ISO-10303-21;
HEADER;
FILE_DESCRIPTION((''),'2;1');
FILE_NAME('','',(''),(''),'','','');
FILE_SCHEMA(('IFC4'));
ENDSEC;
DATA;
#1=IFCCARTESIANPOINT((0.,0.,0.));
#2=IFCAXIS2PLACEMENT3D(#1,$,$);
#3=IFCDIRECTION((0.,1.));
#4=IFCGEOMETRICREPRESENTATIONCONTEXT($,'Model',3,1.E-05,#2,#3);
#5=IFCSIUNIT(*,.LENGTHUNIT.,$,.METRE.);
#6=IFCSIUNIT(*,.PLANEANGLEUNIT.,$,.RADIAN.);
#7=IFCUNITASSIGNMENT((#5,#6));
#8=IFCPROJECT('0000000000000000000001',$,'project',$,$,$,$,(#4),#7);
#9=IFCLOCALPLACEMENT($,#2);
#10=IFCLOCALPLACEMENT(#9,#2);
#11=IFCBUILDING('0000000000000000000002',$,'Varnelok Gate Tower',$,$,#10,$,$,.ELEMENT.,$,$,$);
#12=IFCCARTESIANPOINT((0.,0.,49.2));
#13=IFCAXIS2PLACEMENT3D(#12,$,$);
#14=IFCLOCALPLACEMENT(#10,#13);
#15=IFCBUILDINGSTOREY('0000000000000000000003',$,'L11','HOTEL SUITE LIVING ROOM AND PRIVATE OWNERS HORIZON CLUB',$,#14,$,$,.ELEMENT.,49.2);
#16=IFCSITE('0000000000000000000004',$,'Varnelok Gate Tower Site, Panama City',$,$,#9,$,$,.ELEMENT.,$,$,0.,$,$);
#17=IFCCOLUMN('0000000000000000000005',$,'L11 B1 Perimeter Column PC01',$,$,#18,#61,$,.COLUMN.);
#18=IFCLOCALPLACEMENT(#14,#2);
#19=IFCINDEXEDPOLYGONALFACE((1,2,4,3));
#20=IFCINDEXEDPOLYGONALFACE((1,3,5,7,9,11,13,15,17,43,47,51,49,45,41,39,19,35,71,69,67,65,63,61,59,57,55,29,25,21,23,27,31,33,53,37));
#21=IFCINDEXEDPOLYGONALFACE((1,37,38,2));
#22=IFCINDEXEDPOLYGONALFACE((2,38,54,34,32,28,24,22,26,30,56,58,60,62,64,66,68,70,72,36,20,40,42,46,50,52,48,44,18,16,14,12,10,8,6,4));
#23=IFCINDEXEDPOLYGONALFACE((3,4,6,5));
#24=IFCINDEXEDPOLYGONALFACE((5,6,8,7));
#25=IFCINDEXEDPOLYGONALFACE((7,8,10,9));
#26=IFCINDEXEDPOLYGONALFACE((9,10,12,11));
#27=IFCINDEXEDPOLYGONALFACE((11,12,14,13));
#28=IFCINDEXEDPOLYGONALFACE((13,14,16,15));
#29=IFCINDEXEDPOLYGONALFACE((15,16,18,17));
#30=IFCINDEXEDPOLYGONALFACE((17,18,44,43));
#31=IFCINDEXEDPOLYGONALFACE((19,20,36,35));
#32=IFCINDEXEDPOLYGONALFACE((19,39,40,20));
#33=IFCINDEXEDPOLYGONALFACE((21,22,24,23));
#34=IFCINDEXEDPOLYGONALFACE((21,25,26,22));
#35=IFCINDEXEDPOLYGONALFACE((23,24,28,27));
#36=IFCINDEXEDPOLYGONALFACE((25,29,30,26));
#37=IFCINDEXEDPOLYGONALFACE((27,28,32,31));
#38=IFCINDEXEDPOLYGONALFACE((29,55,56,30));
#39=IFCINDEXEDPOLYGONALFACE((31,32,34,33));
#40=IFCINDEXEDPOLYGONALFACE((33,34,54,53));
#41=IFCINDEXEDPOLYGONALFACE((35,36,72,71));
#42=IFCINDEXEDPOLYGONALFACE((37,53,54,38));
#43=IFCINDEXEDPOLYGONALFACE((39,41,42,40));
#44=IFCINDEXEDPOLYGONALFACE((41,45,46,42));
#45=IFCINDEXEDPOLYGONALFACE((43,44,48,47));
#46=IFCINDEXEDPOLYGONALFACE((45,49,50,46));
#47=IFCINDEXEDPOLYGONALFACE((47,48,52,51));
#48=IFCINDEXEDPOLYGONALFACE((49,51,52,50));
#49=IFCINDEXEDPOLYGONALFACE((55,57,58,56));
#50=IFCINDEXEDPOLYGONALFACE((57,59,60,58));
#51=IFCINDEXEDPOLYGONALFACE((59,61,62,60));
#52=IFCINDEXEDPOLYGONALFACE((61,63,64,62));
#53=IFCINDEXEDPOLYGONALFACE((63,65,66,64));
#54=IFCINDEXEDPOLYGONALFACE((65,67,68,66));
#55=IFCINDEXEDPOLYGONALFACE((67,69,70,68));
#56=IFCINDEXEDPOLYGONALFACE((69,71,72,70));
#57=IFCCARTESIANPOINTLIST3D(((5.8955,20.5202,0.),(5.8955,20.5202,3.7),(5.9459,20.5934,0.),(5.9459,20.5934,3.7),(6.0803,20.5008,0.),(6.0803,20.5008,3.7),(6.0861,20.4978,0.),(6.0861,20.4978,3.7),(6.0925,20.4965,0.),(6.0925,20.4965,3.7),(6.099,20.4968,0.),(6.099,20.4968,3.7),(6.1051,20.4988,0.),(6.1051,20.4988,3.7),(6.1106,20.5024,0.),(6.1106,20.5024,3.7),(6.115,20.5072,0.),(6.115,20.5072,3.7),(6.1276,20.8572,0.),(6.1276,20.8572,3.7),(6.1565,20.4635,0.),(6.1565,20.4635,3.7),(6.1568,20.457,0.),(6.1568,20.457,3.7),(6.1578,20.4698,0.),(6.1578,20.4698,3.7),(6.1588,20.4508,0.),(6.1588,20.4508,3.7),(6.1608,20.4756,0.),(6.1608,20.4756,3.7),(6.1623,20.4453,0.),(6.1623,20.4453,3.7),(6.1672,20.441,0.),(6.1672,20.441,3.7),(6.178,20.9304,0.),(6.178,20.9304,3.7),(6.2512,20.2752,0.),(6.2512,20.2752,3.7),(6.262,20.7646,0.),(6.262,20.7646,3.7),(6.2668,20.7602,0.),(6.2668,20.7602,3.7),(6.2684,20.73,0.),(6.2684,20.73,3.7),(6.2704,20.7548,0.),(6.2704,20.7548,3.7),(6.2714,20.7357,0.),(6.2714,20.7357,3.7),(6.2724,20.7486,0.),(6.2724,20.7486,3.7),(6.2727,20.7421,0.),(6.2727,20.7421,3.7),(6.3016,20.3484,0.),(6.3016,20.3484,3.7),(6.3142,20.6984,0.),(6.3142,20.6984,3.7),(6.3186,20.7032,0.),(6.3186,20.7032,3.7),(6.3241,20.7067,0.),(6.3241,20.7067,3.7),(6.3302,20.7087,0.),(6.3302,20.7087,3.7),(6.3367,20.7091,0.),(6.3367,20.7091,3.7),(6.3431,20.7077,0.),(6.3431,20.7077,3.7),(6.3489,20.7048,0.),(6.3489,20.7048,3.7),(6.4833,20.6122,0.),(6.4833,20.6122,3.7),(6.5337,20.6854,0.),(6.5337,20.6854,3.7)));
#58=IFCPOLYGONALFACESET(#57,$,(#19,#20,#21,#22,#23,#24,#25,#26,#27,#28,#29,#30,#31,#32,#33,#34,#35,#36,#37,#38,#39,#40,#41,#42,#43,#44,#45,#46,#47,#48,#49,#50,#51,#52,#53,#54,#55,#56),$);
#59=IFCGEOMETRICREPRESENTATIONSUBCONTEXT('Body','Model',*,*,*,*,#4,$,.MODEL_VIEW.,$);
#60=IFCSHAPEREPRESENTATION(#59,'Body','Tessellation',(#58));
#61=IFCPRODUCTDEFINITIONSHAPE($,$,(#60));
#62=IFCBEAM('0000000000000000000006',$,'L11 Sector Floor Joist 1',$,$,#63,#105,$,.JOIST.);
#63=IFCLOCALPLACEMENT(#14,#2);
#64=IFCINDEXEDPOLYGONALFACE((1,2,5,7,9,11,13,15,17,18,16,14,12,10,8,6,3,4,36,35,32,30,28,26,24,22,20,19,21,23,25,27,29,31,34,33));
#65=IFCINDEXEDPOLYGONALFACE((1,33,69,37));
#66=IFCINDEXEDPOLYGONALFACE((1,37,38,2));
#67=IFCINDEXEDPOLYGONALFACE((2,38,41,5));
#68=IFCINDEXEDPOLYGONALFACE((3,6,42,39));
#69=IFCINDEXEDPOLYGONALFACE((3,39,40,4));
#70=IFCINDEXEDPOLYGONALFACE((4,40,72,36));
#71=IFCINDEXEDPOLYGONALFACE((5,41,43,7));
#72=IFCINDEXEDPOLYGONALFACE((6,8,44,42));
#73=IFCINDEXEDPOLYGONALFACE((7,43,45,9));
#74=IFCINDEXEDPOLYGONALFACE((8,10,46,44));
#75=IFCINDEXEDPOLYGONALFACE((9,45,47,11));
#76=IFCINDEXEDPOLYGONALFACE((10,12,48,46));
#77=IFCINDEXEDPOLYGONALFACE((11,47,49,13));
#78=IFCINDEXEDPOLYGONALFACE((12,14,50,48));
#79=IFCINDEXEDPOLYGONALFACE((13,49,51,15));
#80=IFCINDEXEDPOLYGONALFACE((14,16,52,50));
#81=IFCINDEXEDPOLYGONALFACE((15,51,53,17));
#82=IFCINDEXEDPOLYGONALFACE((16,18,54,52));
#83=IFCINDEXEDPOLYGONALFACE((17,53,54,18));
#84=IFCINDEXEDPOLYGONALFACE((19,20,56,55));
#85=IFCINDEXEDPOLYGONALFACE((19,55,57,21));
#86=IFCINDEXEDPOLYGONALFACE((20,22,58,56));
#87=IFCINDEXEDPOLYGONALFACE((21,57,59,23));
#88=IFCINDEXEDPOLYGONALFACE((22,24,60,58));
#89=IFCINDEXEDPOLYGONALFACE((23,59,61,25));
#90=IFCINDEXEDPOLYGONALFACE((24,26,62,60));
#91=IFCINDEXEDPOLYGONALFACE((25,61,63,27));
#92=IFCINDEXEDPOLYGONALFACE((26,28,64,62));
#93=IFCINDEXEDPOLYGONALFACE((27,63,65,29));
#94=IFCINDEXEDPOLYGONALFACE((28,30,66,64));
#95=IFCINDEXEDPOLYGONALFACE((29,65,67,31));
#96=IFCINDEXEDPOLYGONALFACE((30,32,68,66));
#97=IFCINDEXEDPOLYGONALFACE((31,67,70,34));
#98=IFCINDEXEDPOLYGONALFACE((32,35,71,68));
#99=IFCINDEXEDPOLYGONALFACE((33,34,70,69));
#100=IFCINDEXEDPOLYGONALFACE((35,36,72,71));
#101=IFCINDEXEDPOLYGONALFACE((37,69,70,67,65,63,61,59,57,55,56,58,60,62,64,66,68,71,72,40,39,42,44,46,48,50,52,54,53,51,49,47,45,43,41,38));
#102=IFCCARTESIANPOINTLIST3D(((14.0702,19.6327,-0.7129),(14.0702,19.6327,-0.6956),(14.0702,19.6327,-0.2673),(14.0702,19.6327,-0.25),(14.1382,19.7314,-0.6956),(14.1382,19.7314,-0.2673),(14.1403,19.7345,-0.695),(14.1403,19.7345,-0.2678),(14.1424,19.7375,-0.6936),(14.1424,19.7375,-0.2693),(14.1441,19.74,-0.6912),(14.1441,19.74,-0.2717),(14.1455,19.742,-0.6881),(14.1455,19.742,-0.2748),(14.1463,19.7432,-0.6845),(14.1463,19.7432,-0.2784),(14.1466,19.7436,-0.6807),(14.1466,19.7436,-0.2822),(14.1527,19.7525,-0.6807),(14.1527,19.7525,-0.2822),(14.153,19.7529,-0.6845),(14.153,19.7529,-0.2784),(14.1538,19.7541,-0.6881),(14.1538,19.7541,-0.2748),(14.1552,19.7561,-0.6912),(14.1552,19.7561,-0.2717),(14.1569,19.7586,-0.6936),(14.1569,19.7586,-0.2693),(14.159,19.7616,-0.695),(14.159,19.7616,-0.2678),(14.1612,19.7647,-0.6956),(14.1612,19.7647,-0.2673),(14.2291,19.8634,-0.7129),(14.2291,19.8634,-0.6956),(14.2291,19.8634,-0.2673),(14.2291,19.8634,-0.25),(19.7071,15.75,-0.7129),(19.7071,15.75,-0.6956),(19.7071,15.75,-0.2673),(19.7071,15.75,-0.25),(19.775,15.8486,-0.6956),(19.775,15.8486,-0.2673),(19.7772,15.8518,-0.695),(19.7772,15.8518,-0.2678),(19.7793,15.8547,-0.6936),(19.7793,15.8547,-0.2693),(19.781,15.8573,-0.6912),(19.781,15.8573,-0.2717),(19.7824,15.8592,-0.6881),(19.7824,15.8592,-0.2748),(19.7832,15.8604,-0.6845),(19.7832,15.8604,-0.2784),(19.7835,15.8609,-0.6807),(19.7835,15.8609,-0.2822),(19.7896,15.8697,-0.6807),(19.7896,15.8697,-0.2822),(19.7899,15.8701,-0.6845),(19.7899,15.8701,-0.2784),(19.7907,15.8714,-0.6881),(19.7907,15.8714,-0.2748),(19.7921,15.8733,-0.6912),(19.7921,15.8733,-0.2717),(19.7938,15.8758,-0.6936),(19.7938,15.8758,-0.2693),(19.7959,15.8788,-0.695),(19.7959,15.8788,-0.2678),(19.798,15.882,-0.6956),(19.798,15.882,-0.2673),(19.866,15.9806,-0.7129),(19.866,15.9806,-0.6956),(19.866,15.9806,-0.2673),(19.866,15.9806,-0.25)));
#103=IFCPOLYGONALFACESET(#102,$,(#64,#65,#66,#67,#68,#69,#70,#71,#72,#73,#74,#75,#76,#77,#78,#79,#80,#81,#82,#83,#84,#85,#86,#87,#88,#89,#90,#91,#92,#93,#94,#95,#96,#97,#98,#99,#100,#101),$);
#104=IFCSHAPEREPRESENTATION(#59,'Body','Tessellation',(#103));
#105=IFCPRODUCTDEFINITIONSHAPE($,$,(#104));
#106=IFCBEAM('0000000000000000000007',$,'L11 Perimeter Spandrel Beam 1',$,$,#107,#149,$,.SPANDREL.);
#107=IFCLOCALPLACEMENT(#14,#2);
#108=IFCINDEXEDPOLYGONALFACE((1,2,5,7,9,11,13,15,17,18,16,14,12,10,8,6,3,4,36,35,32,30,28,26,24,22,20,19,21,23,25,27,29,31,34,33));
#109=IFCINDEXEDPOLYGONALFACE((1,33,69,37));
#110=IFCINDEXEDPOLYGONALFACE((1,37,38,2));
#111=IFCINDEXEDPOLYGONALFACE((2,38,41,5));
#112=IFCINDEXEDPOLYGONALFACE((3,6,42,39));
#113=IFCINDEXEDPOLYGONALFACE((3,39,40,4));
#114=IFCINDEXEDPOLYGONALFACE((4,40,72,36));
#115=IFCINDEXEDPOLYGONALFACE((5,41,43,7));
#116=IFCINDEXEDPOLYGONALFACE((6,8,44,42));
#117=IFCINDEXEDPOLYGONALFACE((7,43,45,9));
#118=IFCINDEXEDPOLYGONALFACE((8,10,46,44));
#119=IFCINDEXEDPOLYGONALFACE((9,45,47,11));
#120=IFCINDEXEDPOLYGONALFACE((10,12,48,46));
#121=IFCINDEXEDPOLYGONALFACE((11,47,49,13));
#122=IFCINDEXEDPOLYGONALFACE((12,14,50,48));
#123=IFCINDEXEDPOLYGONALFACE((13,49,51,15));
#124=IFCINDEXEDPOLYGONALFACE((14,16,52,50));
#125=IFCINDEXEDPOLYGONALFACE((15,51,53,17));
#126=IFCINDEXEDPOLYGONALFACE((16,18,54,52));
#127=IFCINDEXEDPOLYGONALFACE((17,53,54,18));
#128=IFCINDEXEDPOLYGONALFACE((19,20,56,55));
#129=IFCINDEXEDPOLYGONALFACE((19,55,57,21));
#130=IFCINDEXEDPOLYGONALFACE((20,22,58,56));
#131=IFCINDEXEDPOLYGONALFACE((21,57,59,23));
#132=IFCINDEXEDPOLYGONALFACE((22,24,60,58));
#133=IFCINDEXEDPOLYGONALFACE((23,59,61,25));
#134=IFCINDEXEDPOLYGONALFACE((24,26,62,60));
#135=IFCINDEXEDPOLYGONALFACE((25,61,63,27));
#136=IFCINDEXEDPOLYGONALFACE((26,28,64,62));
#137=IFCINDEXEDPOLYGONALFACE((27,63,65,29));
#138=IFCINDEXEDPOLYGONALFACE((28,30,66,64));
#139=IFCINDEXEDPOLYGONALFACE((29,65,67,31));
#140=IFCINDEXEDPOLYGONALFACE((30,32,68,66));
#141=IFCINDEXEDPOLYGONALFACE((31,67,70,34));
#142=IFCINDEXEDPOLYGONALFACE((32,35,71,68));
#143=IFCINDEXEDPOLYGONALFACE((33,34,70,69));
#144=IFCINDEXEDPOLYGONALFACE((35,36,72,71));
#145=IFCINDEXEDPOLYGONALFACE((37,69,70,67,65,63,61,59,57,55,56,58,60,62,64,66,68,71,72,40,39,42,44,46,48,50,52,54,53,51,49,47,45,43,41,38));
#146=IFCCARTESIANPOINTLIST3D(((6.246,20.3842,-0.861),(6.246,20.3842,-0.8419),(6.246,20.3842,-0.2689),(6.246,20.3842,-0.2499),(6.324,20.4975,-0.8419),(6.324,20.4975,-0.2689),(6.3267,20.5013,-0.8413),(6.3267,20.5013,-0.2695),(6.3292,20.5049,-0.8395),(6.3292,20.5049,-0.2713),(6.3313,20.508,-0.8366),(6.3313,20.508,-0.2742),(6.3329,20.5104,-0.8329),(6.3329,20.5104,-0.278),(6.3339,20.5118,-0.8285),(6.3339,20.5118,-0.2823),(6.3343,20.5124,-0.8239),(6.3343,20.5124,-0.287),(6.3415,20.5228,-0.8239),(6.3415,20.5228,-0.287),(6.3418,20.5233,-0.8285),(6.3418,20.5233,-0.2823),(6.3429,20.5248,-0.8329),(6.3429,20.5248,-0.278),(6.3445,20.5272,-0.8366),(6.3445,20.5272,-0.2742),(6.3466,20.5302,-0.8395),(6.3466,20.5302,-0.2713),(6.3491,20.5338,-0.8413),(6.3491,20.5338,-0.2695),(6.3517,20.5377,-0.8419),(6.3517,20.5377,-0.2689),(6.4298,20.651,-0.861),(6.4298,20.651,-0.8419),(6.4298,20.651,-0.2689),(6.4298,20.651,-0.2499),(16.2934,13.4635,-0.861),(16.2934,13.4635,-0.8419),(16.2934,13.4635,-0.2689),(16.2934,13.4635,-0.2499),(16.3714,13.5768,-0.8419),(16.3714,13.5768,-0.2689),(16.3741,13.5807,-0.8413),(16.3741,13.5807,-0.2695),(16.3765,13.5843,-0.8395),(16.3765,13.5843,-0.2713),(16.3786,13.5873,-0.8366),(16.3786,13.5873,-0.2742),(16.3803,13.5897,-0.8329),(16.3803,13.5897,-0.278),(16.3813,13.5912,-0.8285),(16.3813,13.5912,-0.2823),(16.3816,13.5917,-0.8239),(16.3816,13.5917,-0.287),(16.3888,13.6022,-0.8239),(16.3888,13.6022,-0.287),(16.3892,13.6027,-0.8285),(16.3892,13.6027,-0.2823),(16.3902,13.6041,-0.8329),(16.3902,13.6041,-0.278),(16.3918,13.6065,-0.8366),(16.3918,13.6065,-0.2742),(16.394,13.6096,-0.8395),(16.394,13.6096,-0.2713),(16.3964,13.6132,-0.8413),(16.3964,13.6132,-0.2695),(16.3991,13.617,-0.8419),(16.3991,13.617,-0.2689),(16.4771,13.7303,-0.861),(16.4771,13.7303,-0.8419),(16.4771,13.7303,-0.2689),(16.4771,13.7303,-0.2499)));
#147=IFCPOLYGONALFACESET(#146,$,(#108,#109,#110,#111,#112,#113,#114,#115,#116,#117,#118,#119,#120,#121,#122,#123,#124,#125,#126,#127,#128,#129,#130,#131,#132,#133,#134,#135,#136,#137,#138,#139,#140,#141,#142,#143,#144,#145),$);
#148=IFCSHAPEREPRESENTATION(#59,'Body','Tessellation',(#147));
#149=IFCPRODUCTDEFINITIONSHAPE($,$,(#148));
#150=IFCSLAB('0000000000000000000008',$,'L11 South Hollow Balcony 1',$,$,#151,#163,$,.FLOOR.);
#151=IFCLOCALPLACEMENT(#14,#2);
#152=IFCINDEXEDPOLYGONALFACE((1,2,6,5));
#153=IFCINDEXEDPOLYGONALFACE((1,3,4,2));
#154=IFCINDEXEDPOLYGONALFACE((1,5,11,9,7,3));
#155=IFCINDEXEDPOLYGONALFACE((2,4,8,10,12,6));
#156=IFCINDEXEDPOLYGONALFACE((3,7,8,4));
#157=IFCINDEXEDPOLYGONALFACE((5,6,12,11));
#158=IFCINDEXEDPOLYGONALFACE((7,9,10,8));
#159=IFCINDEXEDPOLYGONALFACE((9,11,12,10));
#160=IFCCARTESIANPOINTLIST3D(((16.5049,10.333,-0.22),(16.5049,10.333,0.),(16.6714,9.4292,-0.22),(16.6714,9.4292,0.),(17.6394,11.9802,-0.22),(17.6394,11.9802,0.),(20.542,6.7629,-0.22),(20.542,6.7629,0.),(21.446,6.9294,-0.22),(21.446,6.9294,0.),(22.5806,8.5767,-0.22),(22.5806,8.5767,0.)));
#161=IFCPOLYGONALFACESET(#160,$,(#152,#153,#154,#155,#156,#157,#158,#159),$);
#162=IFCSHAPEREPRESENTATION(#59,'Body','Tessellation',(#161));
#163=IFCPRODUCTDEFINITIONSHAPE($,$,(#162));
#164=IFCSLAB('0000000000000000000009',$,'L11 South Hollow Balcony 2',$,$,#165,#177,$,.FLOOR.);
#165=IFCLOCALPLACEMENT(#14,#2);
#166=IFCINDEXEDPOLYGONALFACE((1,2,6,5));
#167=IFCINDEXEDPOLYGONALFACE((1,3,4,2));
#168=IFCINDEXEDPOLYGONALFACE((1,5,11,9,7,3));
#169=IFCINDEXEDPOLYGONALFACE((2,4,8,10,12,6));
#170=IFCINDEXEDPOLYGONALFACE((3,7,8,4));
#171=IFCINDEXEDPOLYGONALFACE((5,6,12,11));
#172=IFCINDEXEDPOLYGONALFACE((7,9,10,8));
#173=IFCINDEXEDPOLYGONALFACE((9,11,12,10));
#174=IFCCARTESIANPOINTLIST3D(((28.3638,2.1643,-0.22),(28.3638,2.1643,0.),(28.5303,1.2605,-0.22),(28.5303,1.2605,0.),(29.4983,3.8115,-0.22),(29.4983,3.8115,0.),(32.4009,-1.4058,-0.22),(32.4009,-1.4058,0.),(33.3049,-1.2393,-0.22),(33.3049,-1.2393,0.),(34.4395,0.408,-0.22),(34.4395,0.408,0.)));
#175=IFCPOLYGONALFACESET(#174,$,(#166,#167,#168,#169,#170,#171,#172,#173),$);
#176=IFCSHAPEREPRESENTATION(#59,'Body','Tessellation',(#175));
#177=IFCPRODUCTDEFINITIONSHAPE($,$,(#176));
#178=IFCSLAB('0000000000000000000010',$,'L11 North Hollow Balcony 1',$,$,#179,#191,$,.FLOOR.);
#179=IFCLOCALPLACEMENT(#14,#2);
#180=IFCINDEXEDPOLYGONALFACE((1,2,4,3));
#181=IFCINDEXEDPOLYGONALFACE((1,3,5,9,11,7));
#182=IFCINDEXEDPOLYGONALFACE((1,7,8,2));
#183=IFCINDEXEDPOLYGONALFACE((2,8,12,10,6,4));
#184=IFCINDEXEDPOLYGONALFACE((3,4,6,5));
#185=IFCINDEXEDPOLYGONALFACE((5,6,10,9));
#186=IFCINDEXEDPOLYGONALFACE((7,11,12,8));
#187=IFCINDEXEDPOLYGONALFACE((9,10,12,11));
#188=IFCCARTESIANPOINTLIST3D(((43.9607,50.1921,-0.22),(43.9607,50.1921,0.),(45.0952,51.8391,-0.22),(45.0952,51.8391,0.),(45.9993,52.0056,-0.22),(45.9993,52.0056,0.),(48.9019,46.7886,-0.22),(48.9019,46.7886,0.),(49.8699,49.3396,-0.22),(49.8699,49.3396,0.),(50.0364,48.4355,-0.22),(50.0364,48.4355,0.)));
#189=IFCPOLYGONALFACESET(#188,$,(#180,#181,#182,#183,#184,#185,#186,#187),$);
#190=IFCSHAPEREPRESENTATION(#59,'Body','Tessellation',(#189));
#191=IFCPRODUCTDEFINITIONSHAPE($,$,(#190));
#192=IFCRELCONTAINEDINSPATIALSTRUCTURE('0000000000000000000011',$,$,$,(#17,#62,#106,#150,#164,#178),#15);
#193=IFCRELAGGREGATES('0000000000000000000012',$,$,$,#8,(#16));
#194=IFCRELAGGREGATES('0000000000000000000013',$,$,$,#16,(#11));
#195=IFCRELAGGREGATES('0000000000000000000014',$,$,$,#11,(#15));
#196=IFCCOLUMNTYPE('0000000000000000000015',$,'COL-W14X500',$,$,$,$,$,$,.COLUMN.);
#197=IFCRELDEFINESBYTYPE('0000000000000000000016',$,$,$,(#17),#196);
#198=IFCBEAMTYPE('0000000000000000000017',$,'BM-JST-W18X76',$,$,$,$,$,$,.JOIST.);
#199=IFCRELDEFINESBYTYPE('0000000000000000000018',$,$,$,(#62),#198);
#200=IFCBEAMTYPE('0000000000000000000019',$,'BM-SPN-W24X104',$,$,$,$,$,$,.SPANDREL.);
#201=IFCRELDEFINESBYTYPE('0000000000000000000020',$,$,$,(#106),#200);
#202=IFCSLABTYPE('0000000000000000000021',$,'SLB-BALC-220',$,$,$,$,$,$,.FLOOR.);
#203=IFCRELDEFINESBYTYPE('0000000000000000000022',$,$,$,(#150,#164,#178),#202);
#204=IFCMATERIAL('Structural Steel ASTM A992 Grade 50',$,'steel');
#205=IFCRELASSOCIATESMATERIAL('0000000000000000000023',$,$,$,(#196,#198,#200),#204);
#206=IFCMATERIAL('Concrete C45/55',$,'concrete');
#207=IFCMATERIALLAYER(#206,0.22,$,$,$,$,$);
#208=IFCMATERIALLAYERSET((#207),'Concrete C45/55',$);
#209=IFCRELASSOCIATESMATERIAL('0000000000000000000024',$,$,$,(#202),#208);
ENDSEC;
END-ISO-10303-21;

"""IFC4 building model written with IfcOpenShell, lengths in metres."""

from ifc_helpers import new_model, si_unit, direction, frame, origin, origin_2d, place, context, subcontext, project, spatial, polyline, i_section, outline, extrude, material, layer, layer_set, material_profile, profile_set, type_object, element, save


model = new_model("IFC4")

# Units and contexts
model_context = context("Model", 3, precision=1e-05, world=origin(), true_north=direction((0.0, 1.0)))
body_context = subcontext(model_context, "Body", "Model", "MODEL_VIEW")
ifc_project = project(units=[si_unit("LENGTHUNIT", "METRE"), si_unit("PLANEANGLEUNIT", "RADIAN")], contexts=[model_context])

# Site, building, storey
site_placement = place(None, origin())
site = spatial("IfcSite", under=ifc_project, at=site_placement, Name="Varnelok Gate Tower Site, Panama City", CompositionType="ELEMENT", RefElevation=0.0)
building_placement = place(site_placement, origin())
building = spatial("IfcBuilding", under=site, at=building_placement, Name="Varnelok Gate Tower", CompositionType="ELEMENT")
storey_placement = place(building_placement, frame((0.0, 0.0, 49.2)))
storey = spatial("IfcBuildingStorey", under=building, at=storey_placement, Name="L11", Description="HOTEL SUITE LIVING ROOM AND PRIVATE OWNERS HORIZON CLUB", CompositionType="ELEMENT", Elevation=49.2)

# Column
ifc_material_1 = material(Name="Structural Steel ASTM A992 Grade 50", Category="steel")
ifc_material_profile_1 = material_profile(ifc_material_1, i_section(OverallWidth=0.4319, OverallDepth=0.498, WebThickness=0.0557, FlangeThickness=0.0889, FilletRadius=0.0249, at=origin_2d()), Name="W14X500")
ifc_profile_set_1 = profile_set([ifc_material_profile_1], Name="Structural Steel ASTM A992 Grade 50")
column_type = type_object("IfcColumnType", Name="COL-W14X500", PredefinedType="COLUMN", material=ifc_profile_set_1)
column_placement = place(storey_placement, frame((6.2146, 20.6028, 0.0), z_axis=(0.0, 0.0, 1.0), x_axis=(0.823533, -0.567269, 0.0)))
element("IfcColumn", 1, at=column_placement, inside=storey, type_object=column_type, Name="L11 B1 Perimeter Column PC01", PredefinedType="COLUMN", context=body_context, shape_type="SweptSolid", body=[
    extrude(i_section(OverallWidth=0.4319, OverallDepth=0.498, WebThickness=0.0557, FlangeThickness=0.0889, FilletRadius=0.0249, at=origin_2d()), origin(), (0.0, 0.0, 1.0), 3.7),
])

# Beams
ifc_material_profile_2 = material_profile(ifc_material_1, i_section(OverallWidth=0.28, OverallDepth=0.4629, WebThickness=0.0107, FlangeThickness=0.0173, FilletRadius=0.0149, at=origin_2d()), Name="W18X76")
ifc_profile_set_2 = profile_set([ifc_material_profile_2], Name="Structural Steel ASTM A992 Grade 50")
beam_type_1 = type_object("IfcBeamType", Name="BM-JST-W18X76", PredefinedType="JOIST", material=ifc_profile_set_2)
beam_1_placement = place(storey_placement, frame((14.1497, 19.748, -0.4814), z_axis=(0.823537, -0.567263, 0.0), x_axis=(0.567263, 0.823537, 0.0)))
element("IfcBeam", 2, at=beam_1_placement, inside=storey, type_object=beam_type_1, Name="L11 Sector Floor Joist 1", PredefinedType="JOIST", context=body_context, shape_type="SweptSolid", body=[
    extrude(i_section(OverallWidth=0.28, OverallDepth=0.4629, WebThickness=0.0107, FlangeThickness=0.0173, FilletRadius=0.0149, at=origin_2d()), origin(), (0.0, 0.0, 1.0), 6.8447),
])
ifc_material_profile_3 = material_profile(ifc_material_1, i_section(OverallWidth=0.324, OverallDepth=0.6111, WebThickness=0.0127, FlangeThickness=0.019, FilletRadius=0.0181, at=origin_2d()), Name="W24X104")
ifc_profile_set_3 = profile_set([ifc_material_profile_3], Name="Structural Steel ASTM A992 Grade 50")
beam_type_2 = type_object("IfcBeamType", Name="BM-SPN-W24X104", PredefinedType="SPANDREL", material=ifc_profile_set_3)
beam_2_placement = place(storey_placement, frame((6.3379, 20.5176, -0.5554), z_axis=(0.823541, -0.567257, 0.0), x_axis=(0.567257, 0.823541, 0.0)))
element("IfcBeam", 3, at=beam_2_placement, inside=storey, type_object=beam_type_2, Name="L11 Perimeter Spandrel Beam 1", PredefinedType="SPANDREL", context=body_context, shape_type="SweptSolid", body=[
    extrude(i_section(OverallWidth=0.324, OverallDepth=0.6111, WebThickness=0.0127, FlangeThickness=0.019, FilletRadius=0.0181, at=origin_2d()), origin(), (0.0, 0.0, 1.0), 12.2002),
])

# Slabs
ifc_material_2 = material(Name="Concrete C45/55", Category="concrete")
ifc_layer_1 = layer(ifc_material_2, 0.22)
ifc_layer_set_1 = layer_set([ifc_layer_1], Name="Concrete C45/55")
slab_type_1 = type_object("IfcSlabType", Name="SLB-BALC-220", PredefinedType="FLOOR", material=ifc_layer_set_1)
slab_1_placement = place(storey_placement, frame((0.0, 0.0, -0.22)))
element("IfcSlab", 4, at=slab_1_placement, inside=storey, type_object=slab_type_1, Name="L11 South Hollow Balcony 1", PredefinedType="FLOOR", context=body_context, shape_type="SweptSolid", body=[
    extrude(outline(polyline([(16.5049, 10.333), (16.6714, 9.4292), (20.542, 6.7629), (21.446, 6.9294), (22.5806, 8.5767), (17.6394, 11.9802), (16.5049, 10.333)])), origin(), (0.0, 0.0, 1.0), 0.22),
])
slab_2_placement = place(storey_placement, frame((0.0, 0.0, -0.22)))
element("IfcSlab", 5, at=slab_2_placement, inside=storey, type_object=slab_type_1, Name="L11 South Hollow Balcony 2", PredefinedType="FLOOR", context=body_context, shape_type="SweptSolid", body=[
    extrude(outline(polyline([(28.3638, 2.1643), (28.5303, 1.2605), (32.4009, -1.4058), (33.3049, -1.2393), (34.4395, 0.408), (29.4983, 3.8115), (28.3638, 2.1643)])), origin(), (0.0, 0.0, 1.0), 0.22),
])
slab_3_placement = place(storey_placement, frame((0.0, 0.0, -0.22)))
element("IfcSlab", 6, at=slab_3_placement, inside=storey, type_object=slab_type_1, Name="L11 North Hollow Balcony 1", PredefinedType="FLOOR", context=body_context, shape_type="SweptSolid", body=[
    extrude(outline(polyline([(43.9607, 50.1921), (48.9019, 46.7886), (50.0364, 48.4355), (49.8699, 49.3396), (45.9993, 52.0056), (45.0952, 51.8391), (43.9607, 50.1921)])), origin(), (0.0, 0.0, 1.0), 0.22),
])

save(model, "model.ifc")
